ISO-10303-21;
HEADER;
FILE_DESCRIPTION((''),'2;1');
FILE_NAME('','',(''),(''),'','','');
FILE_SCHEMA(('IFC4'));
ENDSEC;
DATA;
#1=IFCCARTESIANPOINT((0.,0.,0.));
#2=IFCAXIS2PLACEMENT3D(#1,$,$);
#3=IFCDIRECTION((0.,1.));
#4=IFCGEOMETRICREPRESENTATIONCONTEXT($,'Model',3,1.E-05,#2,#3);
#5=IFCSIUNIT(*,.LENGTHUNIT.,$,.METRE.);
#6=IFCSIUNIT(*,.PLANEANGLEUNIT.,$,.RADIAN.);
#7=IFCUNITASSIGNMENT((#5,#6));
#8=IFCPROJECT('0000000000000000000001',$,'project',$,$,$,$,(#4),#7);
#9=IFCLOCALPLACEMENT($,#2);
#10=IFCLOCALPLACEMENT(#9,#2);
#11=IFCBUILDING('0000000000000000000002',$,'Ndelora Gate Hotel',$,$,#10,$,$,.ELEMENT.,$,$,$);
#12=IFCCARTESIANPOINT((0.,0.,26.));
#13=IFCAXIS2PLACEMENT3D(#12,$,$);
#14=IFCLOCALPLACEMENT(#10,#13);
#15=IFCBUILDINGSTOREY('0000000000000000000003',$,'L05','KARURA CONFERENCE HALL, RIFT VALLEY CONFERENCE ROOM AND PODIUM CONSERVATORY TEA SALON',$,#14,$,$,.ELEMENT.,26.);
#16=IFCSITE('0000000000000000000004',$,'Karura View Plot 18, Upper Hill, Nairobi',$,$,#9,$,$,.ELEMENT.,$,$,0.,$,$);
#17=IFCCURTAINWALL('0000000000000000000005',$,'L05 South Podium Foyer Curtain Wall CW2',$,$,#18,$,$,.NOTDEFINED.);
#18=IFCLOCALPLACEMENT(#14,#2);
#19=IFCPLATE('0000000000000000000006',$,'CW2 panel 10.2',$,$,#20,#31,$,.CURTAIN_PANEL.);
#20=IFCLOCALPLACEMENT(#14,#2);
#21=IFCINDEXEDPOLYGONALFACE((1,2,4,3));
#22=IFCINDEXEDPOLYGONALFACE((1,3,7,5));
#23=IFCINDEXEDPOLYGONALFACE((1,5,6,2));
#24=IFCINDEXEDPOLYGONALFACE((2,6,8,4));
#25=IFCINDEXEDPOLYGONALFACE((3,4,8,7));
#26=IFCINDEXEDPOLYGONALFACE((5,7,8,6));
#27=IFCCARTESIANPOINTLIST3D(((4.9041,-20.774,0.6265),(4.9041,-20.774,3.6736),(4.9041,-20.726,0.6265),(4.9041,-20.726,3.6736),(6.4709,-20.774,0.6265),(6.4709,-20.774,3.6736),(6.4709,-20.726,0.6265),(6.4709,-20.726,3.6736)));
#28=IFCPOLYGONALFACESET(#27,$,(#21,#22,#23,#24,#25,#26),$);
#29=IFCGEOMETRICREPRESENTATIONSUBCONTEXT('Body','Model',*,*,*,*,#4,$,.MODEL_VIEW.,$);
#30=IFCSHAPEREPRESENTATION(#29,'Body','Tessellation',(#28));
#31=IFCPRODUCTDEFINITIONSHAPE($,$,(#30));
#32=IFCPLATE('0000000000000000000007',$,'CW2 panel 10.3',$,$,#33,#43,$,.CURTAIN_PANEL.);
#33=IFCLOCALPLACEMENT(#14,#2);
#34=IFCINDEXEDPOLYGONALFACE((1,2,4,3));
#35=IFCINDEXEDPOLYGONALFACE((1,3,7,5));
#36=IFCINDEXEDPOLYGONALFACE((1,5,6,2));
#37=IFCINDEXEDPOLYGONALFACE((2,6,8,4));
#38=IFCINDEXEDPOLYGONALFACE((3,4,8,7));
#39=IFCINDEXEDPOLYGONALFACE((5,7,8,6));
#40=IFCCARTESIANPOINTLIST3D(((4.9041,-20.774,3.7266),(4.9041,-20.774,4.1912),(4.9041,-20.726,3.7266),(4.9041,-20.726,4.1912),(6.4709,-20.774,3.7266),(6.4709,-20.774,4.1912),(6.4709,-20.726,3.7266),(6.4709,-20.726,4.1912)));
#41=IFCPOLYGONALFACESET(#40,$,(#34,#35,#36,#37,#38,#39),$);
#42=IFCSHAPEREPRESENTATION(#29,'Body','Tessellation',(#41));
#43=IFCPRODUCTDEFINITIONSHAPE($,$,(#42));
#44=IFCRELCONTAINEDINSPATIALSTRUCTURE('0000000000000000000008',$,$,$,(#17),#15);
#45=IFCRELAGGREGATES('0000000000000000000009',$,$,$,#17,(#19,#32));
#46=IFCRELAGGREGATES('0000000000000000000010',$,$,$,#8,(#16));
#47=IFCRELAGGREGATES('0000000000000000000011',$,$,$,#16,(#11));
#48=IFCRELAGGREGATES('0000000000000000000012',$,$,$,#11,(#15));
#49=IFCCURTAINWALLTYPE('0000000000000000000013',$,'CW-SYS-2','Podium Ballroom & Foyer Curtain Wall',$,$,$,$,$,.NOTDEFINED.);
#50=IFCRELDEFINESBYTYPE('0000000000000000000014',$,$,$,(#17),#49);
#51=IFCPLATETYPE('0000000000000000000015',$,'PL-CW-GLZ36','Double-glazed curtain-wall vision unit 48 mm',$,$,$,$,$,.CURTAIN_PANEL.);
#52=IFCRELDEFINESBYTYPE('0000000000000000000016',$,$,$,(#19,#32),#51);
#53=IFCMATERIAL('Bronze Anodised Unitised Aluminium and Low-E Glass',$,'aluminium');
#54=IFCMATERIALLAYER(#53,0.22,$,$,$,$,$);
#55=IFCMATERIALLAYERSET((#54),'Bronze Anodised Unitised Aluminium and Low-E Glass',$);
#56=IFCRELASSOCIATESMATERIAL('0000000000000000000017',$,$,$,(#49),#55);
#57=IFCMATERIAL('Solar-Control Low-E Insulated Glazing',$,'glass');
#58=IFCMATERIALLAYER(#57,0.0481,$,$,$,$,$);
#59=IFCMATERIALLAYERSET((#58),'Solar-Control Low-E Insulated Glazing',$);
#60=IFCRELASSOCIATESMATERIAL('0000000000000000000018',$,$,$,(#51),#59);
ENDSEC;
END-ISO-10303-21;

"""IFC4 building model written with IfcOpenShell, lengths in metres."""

from ifc_helpers import new_model, si_unit, direction, frame, origin, origin_2d, place, context, subcontext, project, spatial, rectangle, extrude, material, layer, layer_set, type_object, element, aggregate, save


model = new_model("IFC4")

# Units and contexts
model_context = context("Model", 3, precision=1e-05, world=origin(), true_north=direction((0.0, 1.0)))
body_context = subcontext(model_context, "Body", "Model", "MODEL_VIEW")
ifc_project = project(units=[si_unit("LENGTHUNIT", "METRE"), si_unit("PLANEANGLEUNIT", "RADIAN")], contexts=[model_context])

# Site, building, storey
site_placement = place(None, origin())
site = spatial("IfcSite", under=ifc_project, at=site_placement, Name="Karura View Plot 18, Upper Hill, Nairobi", CompositionType="ELEMENT", RefElevation=0.0)
building_placement = place(site_placement, origin())
building = spatial("IfcBuilding", under=site, at=building_placement, Name="Ndelora Gate Hotel", CompositionType="ELEMENT")
storey_placement = place(building_placement, frame((0.0, 0.0, 26.0)))
storey = spatial("IfcBuildingStorey", under=building, at=storey_placement, Name="L05", Description="KARURA CONFERENCE HALL, RIFT VALLEY CONFERENCE ROOM AND PODIUM CONSERVATORY TEA SALON", CompositionType="ELEMENT", Elevation=26.0)

# Curtain wall, plates
ifc_material_1 = material(Name="Bronze Anodised Unitised Aluminium and Low-E Glass", Category="aluminium")
ifc_layer_1 = layer(ifc_material_1, 0.22)
ifc_layer_set_1 = layer_set([ifc_layer_1], Name="Bronze Anodised Unitised Aluminium and Low-E Glass")
curtain_wall_type = type_object("IfcCurtainWallType", Name="CW-SYS-2", Description="Podium Ballroom & Foyer Curtain Wall", PredefinedType="NOTDEFINED", material=ifc_layer_set_1)
curtain_wall_placement = place(storey_placement, origin())
curtain_wall = element("IfcCurtainWall", 1, at=curtain_wall_placement, inside=storey, type_object=curtain_wall_type, Name="L05 South Podium Foyer Curtain Wall CW2", PredefinedType="NOTDEFINED")
ifc_material_2 = material(Name="Solar-Control Low-E Insulated Glazing", Category="glass")
ifc_layer_2 = layer(ifc_material_2, 0.0481)
ifc_layer_set_2 = layer_set([ifc_layer_2], Name="Solar-Control Low-E Insulated Glazing")
plate_type = type_object("IfcPlateType", Name="PL-CW-GLZ36", Description="Double-glazed curtain-wall vision unit 48 mm", PredefinedType="CURTAIN_PANEL", material=ifc_layer_set_2)
plate_1_placement = place(storey_placement, frame((5.6875, -20.75, 0.6265), z_axis=(0.0, 0.0, 1.0), x_axis=(1.0, 0.0, 0.0)))
plate_1 = element("IfcPlate", 2, at=plate_1_placement, type_object=plate_type, Name="CW2 panel 10.2", PredefinedType="CURTAIN_PANEL", context=body_context, shape_type="SweptSolid", body=[
    extrude(rectangle(XDim=1.5669, YDim=0.0481, at=origin_2d()), origin(), (0.0, 0.0, 1.0), 3.0471),
])
plate_2_placement = place(storey_placement, frame((5.6875, -20.75, 3.7266), z_axis=(0.0, 0.0, 1.0), x_axis=(1.0, 0.0, 0.0)))
plate_2 = element("IfcPlate", 3, at=plate_2_placement, type_object=plate_type, Name="CW2 panel 10.3", PredefinedType="CURTAIN_PANEL", context=body_context, shape_type="SweptSolid", body=[
    extrude(rectangle(XDim=1.5669, YDim=0.0481, at=origin_2d()), origin(), (0.0, 0.0, 1.0), 0.4646),
])
aggregate(curtain_wall, [plate_1, plate_2])

save(model, "model.ifc")
